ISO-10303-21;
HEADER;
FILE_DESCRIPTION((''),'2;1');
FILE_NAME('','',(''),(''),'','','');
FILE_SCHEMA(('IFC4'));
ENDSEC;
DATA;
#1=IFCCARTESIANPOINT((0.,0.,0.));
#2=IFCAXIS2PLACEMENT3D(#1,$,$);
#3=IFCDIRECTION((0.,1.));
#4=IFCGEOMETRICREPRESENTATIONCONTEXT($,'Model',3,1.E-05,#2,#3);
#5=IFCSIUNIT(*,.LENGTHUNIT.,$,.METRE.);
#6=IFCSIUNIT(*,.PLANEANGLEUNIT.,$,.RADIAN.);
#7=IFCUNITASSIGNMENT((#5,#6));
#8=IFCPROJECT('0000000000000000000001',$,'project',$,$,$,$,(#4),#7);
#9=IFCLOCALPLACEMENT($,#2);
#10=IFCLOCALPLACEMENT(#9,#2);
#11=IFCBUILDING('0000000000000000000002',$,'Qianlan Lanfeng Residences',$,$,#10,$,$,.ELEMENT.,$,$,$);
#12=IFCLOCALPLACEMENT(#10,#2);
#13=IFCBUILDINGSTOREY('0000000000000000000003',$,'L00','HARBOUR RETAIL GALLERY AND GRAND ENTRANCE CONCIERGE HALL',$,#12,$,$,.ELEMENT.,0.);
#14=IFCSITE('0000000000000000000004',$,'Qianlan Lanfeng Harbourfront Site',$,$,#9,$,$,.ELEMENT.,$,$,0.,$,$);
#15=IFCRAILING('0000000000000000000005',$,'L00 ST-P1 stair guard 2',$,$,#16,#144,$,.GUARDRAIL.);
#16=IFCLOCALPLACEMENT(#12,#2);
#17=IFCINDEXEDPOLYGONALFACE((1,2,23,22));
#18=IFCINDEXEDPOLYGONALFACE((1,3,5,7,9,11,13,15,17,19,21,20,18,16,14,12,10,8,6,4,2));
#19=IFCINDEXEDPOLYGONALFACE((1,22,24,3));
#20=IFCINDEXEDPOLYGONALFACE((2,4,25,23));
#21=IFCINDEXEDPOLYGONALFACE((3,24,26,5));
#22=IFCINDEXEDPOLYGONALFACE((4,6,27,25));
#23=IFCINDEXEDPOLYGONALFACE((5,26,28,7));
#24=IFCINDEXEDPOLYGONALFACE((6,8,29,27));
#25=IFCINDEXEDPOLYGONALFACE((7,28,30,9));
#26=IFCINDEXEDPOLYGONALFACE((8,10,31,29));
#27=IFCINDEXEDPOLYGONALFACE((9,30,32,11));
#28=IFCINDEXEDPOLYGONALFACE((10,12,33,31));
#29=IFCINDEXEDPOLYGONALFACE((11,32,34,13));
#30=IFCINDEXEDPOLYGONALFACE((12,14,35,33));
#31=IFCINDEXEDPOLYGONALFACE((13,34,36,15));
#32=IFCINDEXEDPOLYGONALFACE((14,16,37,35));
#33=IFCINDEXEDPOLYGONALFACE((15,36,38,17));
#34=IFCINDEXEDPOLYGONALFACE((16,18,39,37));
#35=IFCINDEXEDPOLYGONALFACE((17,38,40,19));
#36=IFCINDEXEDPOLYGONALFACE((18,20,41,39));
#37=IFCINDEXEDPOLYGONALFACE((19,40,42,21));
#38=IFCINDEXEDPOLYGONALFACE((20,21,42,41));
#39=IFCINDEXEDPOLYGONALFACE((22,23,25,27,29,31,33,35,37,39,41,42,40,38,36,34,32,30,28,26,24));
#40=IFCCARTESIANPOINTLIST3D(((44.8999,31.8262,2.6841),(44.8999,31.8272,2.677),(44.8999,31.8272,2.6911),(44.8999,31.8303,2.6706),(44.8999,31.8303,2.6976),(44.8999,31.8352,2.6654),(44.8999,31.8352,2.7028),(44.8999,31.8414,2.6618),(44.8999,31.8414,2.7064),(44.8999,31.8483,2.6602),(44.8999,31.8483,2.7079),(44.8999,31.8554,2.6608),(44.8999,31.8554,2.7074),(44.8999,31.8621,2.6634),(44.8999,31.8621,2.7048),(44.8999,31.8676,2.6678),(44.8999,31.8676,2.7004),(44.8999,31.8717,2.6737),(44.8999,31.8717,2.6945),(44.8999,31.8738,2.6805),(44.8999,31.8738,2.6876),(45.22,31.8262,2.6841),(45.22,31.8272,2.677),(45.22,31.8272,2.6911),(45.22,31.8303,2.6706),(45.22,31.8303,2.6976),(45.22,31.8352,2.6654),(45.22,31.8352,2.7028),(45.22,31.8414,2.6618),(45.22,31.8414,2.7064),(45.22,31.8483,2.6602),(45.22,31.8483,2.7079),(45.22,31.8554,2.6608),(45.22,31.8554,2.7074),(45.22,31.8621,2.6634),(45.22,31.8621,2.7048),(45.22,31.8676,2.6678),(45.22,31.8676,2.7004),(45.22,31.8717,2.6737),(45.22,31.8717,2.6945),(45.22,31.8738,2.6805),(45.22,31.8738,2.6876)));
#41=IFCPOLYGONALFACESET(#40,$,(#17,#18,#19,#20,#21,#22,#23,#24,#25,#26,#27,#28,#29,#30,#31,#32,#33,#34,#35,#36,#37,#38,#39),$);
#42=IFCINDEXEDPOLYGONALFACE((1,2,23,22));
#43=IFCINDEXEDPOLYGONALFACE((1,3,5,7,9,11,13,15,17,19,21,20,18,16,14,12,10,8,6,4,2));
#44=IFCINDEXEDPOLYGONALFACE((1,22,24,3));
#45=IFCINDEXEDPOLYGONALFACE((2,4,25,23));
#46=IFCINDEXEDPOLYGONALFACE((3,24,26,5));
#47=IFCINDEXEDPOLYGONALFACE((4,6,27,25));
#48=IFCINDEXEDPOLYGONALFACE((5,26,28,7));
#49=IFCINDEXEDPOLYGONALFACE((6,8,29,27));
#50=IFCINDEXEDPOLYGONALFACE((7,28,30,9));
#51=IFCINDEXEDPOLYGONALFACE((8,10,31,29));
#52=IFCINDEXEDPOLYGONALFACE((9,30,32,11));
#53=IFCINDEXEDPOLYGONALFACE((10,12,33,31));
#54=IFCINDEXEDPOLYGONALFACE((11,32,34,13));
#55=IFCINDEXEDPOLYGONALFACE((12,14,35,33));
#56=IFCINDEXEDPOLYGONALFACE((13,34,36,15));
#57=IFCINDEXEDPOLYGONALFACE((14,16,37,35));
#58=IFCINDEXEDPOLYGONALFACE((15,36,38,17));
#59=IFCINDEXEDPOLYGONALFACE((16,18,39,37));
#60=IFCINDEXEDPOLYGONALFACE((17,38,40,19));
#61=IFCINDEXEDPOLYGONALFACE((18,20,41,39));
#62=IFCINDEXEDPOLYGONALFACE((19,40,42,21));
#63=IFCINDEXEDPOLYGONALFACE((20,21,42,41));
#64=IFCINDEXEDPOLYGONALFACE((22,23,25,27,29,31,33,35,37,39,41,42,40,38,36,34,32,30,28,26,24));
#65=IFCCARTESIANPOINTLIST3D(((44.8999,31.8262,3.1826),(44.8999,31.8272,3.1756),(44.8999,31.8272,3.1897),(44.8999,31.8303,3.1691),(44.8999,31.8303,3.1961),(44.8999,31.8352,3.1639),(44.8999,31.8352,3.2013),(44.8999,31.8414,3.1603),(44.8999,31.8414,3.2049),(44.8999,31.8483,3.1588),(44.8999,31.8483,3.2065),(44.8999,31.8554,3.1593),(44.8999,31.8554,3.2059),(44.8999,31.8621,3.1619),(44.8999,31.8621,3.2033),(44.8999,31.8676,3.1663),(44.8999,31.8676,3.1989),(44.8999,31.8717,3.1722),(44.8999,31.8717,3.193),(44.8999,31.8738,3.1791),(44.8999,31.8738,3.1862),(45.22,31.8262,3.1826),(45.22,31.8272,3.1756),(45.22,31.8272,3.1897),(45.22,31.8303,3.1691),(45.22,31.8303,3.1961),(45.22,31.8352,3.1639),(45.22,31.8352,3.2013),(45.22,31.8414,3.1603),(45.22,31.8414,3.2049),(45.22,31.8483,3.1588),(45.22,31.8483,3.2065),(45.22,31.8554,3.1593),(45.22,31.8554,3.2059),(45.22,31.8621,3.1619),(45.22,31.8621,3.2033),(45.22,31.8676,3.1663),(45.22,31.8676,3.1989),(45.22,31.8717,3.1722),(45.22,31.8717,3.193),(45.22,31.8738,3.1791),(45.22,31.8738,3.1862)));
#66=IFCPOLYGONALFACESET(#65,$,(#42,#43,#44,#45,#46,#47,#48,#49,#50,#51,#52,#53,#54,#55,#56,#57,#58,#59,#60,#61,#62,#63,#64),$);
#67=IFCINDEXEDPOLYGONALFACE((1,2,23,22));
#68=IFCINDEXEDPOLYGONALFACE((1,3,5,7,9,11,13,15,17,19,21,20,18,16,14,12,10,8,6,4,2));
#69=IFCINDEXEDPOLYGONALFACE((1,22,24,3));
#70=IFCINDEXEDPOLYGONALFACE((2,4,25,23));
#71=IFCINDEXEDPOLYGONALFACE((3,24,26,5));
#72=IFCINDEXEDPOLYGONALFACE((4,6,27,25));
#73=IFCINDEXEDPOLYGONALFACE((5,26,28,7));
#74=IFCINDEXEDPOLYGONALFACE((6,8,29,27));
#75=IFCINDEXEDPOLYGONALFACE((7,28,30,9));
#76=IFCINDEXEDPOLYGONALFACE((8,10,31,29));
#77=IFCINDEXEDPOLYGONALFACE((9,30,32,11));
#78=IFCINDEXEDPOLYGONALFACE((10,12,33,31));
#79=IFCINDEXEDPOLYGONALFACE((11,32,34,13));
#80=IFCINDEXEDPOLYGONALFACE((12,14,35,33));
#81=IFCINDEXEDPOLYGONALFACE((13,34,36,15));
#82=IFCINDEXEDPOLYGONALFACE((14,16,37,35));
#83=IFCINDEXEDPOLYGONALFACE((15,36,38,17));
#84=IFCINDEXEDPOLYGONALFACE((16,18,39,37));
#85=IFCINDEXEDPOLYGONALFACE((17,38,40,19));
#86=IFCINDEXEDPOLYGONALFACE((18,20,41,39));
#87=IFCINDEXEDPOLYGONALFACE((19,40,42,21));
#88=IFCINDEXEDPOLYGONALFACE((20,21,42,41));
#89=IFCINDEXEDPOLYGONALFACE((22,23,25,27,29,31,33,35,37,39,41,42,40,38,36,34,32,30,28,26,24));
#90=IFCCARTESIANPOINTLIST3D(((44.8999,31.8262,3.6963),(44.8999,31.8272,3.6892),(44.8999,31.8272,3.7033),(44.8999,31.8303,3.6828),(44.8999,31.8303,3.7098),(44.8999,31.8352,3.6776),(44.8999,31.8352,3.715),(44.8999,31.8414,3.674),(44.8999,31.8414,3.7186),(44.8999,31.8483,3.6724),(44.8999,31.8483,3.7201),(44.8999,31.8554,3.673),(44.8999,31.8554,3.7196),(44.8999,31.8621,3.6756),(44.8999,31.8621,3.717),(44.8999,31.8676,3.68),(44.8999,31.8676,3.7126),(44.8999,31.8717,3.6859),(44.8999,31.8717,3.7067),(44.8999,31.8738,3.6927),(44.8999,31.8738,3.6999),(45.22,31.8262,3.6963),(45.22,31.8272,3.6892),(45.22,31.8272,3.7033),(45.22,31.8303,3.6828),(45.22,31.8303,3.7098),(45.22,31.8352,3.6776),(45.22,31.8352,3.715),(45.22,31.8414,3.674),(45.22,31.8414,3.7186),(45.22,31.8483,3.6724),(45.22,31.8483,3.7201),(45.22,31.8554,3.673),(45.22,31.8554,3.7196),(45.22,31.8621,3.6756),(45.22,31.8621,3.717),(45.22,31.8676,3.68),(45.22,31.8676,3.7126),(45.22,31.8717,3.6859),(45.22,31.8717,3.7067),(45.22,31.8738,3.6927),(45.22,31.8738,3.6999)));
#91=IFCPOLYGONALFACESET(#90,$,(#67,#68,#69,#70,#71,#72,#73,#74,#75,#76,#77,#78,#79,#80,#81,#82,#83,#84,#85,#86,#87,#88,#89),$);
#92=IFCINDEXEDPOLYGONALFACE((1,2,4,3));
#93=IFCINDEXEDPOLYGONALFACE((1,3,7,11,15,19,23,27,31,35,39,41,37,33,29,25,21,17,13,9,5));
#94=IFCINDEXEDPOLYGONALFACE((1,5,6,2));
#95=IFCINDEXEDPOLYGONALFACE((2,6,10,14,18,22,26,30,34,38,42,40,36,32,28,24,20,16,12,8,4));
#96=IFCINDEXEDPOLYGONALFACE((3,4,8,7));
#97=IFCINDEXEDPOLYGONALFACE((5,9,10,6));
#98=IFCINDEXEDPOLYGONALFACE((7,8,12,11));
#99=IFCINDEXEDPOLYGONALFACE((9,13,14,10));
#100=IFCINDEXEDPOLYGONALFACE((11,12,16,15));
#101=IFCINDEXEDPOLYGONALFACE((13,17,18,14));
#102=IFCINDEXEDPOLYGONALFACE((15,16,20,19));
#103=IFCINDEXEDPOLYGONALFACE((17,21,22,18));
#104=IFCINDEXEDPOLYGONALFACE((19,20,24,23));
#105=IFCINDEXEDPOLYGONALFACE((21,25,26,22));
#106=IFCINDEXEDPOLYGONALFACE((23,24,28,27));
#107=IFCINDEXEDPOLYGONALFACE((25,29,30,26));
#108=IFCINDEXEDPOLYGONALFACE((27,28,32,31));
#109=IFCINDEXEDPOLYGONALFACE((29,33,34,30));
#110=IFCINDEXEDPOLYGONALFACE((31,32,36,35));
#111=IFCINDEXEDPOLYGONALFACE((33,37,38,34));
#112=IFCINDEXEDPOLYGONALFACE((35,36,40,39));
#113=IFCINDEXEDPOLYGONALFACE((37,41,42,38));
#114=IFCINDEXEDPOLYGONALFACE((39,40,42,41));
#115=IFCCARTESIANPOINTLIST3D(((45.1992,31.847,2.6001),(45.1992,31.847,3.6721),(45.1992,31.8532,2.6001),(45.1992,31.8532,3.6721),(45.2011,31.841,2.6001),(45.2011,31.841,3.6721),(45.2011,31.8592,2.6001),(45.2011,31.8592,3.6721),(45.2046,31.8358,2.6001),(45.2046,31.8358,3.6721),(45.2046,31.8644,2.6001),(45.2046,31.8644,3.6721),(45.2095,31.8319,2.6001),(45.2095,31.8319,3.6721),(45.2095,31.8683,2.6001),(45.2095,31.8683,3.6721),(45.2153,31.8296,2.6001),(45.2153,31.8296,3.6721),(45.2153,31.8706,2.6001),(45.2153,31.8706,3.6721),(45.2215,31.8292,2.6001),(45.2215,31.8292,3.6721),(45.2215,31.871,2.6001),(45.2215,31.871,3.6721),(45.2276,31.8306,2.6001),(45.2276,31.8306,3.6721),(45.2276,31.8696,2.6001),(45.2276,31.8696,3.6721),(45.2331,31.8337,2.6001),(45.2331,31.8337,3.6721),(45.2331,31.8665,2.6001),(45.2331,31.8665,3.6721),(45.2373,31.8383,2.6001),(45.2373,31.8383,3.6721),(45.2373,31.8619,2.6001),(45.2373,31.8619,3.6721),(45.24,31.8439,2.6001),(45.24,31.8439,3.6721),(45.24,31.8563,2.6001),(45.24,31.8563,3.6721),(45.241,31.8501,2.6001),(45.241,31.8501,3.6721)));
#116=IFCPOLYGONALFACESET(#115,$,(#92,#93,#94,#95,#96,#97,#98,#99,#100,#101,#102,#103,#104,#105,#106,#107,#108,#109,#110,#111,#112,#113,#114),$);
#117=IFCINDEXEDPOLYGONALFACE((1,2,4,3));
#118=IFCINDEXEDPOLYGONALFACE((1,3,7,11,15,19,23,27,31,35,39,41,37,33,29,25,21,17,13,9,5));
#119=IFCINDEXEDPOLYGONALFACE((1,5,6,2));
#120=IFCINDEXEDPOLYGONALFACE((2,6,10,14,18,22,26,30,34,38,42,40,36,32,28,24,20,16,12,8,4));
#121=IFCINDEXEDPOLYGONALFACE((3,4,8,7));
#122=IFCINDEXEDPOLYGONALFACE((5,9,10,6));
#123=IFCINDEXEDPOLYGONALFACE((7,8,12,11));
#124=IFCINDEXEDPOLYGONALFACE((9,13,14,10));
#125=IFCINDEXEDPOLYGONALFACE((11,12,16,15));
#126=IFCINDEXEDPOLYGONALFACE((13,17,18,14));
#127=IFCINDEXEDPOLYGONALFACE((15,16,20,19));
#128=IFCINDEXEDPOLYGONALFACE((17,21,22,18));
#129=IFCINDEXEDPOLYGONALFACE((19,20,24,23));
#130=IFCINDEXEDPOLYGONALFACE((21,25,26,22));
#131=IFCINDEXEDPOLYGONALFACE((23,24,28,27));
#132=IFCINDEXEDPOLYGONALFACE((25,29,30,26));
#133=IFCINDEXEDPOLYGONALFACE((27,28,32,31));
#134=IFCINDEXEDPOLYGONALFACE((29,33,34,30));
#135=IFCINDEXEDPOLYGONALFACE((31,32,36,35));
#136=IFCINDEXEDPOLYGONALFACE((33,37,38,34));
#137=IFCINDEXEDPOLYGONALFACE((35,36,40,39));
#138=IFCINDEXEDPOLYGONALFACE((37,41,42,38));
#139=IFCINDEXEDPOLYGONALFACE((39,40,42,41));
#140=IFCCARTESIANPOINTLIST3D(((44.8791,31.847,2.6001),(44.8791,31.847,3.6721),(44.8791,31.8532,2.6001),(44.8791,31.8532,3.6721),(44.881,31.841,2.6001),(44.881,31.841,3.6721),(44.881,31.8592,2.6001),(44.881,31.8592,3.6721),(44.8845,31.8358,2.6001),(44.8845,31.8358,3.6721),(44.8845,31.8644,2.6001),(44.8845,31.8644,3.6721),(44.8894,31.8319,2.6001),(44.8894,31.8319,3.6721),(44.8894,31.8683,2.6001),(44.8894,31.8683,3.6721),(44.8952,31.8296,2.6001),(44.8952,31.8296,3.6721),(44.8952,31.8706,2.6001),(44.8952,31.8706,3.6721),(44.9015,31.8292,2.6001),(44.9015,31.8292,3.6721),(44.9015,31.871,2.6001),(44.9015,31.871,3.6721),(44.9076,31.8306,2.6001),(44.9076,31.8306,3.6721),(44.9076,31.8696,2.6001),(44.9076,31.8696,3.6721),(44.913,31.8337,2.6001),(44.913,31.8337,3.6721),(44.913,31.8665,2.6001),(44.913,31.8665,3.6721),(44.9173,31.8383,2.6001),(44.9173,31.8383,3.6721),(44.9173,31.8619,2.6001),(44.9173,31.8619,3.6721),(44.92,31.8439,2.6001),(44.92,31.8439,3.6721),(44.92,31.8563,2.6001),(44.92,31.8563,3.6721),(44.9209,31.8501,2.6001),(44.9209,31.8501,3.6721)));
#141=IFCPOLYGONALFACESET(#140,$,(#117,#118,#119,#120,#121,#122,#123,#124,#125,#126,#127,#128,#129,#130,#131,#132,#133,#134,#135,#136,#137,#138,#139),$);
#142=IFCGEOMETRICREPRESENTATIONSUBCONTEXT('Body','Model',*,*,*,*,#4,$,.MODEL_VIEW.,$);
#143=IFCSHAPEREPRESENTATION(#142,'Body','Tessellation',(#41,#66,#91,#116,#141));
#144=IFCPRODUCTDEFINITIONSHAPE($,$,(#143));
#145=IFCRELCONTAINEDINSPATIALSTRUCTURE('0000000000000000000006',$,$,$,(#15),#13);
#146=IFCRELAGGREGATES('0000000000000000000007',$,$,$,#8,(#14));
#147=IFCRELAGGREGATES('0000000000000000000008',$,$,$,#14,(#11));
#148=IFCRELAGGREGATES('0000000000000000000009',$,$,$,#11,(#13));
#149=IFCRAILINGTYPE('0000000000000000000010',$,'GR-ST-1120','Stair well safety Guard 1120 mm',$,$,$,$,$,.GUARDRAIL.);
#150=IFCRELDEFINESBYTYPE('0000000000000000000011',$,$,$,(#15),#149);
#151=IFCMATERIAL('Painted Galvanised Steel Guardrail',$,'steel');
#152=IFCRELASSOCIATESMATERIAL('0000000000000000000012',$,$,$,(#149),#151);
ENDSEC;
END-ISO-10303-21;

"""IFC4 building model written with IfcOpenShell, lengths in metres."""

from ifc_helpers import new_model, si_unit, direction, frame, origin, origin_2d, place, context, subcontext, project, spatial, circle, extrude, material, type_object, element, save


model = new_model("IFC4")

# Units and contexts
model_context = context("Model", 3, precision=1e-05, world=origin(), true_north=direction((0.0, 1.0)))
body_context = subcontext(model_context, "Body", "Model", "MODEL_VIEW")
ifc_project = project(units=[si_unit("LENGTHUNIT", "METRE"), si_unit("PLANEANGLEUNIT", "RADIAN")], contexts=[model_context])

# Site, building, storey
site_placement = place(None, origin())
site = spatial("IfcSite", under=ifc_project, at=site_placement, Name="Qianlan Lanfeng Harbourfront Site", CompositionType="ELEMENT", RefElevation=0.0)
building_placement = place(site_placement, origin())
building = spatial("IfcBuilding", under=site, at=building_placement, Name="Qianlan Lanfeng Residences", CompositionType="ELEMENT")
storey_placement = place(building_placement, origin())
storey = spatial("IfcBuildingStorey", under=building, at=storey_placement, Name="L00", Description="HARBOUR RETAIL GALLERY AND GRAND ENTRANCE CONCIERGE HALL", CompositionType="ELEMENT", Elevation=0.0)

# Railing
ifc_material_1 = material(Name="Painted Galvanised Steel Guardrail", Category="steel")
railing_type_1 = type_object("IfcRailingType", Name="GR-ST-1120", Description="Stair well safety Guard 1120 mm", PredefinedType="GUARDRAIL", material=ifc_material_1)
railing_1_placement = place(storey_placement, frame((45.22, 31.8501, 2.6001)))
element("IfcRailing", 1, at=railing_1_placement, inside=storey, type_object=railing_type_1, Name="L00 ST-P1 stair guard 2", PredefinedType="GUARDRAIL", context=body_context, shape_type="SweptSolid", body=[
    extrude(circle(Radius=0.0239, at=origin_2d()), frame((0.0, 0.0, 0.084), z_axis=(-1.0, 0.0, 0.0), x_axis=(0.0, -1.0, 0.0)), (0.0, 0.0, 1.0), 0.3201),
    extrude(circle(Radius=0.0239, at=origin_2d()), frame((0.0, 0.0, 0.5825), z_axis=(-1.0, 0.0, 0.0), x_axis=(0.0, -1.0, 0.0)), (0.0, 0.0, 1.0), 0.3201),
    extrude(circle(Radius=0.0239, at=origin_2d()), frame((0.0, 0.0, 1.0962), z_axis=(-1.0, 0.0, 0.0), x_axis=(0.0, -1.0, 0.0)), (0.0, 0.0, 1.0), 0.3201),
    extrude(circle(Radius=0.021, at=origin_2d()), origin(), (0.0, 0.0, 1.0), 1.072),
    extrude(circle(Radius=0.021, at=origin_2d()), frame((-0.3201, 0.0, 0.0)), (0.0, 0.0, 1.0), 1.072),
])

save(model, "model.ifc")
